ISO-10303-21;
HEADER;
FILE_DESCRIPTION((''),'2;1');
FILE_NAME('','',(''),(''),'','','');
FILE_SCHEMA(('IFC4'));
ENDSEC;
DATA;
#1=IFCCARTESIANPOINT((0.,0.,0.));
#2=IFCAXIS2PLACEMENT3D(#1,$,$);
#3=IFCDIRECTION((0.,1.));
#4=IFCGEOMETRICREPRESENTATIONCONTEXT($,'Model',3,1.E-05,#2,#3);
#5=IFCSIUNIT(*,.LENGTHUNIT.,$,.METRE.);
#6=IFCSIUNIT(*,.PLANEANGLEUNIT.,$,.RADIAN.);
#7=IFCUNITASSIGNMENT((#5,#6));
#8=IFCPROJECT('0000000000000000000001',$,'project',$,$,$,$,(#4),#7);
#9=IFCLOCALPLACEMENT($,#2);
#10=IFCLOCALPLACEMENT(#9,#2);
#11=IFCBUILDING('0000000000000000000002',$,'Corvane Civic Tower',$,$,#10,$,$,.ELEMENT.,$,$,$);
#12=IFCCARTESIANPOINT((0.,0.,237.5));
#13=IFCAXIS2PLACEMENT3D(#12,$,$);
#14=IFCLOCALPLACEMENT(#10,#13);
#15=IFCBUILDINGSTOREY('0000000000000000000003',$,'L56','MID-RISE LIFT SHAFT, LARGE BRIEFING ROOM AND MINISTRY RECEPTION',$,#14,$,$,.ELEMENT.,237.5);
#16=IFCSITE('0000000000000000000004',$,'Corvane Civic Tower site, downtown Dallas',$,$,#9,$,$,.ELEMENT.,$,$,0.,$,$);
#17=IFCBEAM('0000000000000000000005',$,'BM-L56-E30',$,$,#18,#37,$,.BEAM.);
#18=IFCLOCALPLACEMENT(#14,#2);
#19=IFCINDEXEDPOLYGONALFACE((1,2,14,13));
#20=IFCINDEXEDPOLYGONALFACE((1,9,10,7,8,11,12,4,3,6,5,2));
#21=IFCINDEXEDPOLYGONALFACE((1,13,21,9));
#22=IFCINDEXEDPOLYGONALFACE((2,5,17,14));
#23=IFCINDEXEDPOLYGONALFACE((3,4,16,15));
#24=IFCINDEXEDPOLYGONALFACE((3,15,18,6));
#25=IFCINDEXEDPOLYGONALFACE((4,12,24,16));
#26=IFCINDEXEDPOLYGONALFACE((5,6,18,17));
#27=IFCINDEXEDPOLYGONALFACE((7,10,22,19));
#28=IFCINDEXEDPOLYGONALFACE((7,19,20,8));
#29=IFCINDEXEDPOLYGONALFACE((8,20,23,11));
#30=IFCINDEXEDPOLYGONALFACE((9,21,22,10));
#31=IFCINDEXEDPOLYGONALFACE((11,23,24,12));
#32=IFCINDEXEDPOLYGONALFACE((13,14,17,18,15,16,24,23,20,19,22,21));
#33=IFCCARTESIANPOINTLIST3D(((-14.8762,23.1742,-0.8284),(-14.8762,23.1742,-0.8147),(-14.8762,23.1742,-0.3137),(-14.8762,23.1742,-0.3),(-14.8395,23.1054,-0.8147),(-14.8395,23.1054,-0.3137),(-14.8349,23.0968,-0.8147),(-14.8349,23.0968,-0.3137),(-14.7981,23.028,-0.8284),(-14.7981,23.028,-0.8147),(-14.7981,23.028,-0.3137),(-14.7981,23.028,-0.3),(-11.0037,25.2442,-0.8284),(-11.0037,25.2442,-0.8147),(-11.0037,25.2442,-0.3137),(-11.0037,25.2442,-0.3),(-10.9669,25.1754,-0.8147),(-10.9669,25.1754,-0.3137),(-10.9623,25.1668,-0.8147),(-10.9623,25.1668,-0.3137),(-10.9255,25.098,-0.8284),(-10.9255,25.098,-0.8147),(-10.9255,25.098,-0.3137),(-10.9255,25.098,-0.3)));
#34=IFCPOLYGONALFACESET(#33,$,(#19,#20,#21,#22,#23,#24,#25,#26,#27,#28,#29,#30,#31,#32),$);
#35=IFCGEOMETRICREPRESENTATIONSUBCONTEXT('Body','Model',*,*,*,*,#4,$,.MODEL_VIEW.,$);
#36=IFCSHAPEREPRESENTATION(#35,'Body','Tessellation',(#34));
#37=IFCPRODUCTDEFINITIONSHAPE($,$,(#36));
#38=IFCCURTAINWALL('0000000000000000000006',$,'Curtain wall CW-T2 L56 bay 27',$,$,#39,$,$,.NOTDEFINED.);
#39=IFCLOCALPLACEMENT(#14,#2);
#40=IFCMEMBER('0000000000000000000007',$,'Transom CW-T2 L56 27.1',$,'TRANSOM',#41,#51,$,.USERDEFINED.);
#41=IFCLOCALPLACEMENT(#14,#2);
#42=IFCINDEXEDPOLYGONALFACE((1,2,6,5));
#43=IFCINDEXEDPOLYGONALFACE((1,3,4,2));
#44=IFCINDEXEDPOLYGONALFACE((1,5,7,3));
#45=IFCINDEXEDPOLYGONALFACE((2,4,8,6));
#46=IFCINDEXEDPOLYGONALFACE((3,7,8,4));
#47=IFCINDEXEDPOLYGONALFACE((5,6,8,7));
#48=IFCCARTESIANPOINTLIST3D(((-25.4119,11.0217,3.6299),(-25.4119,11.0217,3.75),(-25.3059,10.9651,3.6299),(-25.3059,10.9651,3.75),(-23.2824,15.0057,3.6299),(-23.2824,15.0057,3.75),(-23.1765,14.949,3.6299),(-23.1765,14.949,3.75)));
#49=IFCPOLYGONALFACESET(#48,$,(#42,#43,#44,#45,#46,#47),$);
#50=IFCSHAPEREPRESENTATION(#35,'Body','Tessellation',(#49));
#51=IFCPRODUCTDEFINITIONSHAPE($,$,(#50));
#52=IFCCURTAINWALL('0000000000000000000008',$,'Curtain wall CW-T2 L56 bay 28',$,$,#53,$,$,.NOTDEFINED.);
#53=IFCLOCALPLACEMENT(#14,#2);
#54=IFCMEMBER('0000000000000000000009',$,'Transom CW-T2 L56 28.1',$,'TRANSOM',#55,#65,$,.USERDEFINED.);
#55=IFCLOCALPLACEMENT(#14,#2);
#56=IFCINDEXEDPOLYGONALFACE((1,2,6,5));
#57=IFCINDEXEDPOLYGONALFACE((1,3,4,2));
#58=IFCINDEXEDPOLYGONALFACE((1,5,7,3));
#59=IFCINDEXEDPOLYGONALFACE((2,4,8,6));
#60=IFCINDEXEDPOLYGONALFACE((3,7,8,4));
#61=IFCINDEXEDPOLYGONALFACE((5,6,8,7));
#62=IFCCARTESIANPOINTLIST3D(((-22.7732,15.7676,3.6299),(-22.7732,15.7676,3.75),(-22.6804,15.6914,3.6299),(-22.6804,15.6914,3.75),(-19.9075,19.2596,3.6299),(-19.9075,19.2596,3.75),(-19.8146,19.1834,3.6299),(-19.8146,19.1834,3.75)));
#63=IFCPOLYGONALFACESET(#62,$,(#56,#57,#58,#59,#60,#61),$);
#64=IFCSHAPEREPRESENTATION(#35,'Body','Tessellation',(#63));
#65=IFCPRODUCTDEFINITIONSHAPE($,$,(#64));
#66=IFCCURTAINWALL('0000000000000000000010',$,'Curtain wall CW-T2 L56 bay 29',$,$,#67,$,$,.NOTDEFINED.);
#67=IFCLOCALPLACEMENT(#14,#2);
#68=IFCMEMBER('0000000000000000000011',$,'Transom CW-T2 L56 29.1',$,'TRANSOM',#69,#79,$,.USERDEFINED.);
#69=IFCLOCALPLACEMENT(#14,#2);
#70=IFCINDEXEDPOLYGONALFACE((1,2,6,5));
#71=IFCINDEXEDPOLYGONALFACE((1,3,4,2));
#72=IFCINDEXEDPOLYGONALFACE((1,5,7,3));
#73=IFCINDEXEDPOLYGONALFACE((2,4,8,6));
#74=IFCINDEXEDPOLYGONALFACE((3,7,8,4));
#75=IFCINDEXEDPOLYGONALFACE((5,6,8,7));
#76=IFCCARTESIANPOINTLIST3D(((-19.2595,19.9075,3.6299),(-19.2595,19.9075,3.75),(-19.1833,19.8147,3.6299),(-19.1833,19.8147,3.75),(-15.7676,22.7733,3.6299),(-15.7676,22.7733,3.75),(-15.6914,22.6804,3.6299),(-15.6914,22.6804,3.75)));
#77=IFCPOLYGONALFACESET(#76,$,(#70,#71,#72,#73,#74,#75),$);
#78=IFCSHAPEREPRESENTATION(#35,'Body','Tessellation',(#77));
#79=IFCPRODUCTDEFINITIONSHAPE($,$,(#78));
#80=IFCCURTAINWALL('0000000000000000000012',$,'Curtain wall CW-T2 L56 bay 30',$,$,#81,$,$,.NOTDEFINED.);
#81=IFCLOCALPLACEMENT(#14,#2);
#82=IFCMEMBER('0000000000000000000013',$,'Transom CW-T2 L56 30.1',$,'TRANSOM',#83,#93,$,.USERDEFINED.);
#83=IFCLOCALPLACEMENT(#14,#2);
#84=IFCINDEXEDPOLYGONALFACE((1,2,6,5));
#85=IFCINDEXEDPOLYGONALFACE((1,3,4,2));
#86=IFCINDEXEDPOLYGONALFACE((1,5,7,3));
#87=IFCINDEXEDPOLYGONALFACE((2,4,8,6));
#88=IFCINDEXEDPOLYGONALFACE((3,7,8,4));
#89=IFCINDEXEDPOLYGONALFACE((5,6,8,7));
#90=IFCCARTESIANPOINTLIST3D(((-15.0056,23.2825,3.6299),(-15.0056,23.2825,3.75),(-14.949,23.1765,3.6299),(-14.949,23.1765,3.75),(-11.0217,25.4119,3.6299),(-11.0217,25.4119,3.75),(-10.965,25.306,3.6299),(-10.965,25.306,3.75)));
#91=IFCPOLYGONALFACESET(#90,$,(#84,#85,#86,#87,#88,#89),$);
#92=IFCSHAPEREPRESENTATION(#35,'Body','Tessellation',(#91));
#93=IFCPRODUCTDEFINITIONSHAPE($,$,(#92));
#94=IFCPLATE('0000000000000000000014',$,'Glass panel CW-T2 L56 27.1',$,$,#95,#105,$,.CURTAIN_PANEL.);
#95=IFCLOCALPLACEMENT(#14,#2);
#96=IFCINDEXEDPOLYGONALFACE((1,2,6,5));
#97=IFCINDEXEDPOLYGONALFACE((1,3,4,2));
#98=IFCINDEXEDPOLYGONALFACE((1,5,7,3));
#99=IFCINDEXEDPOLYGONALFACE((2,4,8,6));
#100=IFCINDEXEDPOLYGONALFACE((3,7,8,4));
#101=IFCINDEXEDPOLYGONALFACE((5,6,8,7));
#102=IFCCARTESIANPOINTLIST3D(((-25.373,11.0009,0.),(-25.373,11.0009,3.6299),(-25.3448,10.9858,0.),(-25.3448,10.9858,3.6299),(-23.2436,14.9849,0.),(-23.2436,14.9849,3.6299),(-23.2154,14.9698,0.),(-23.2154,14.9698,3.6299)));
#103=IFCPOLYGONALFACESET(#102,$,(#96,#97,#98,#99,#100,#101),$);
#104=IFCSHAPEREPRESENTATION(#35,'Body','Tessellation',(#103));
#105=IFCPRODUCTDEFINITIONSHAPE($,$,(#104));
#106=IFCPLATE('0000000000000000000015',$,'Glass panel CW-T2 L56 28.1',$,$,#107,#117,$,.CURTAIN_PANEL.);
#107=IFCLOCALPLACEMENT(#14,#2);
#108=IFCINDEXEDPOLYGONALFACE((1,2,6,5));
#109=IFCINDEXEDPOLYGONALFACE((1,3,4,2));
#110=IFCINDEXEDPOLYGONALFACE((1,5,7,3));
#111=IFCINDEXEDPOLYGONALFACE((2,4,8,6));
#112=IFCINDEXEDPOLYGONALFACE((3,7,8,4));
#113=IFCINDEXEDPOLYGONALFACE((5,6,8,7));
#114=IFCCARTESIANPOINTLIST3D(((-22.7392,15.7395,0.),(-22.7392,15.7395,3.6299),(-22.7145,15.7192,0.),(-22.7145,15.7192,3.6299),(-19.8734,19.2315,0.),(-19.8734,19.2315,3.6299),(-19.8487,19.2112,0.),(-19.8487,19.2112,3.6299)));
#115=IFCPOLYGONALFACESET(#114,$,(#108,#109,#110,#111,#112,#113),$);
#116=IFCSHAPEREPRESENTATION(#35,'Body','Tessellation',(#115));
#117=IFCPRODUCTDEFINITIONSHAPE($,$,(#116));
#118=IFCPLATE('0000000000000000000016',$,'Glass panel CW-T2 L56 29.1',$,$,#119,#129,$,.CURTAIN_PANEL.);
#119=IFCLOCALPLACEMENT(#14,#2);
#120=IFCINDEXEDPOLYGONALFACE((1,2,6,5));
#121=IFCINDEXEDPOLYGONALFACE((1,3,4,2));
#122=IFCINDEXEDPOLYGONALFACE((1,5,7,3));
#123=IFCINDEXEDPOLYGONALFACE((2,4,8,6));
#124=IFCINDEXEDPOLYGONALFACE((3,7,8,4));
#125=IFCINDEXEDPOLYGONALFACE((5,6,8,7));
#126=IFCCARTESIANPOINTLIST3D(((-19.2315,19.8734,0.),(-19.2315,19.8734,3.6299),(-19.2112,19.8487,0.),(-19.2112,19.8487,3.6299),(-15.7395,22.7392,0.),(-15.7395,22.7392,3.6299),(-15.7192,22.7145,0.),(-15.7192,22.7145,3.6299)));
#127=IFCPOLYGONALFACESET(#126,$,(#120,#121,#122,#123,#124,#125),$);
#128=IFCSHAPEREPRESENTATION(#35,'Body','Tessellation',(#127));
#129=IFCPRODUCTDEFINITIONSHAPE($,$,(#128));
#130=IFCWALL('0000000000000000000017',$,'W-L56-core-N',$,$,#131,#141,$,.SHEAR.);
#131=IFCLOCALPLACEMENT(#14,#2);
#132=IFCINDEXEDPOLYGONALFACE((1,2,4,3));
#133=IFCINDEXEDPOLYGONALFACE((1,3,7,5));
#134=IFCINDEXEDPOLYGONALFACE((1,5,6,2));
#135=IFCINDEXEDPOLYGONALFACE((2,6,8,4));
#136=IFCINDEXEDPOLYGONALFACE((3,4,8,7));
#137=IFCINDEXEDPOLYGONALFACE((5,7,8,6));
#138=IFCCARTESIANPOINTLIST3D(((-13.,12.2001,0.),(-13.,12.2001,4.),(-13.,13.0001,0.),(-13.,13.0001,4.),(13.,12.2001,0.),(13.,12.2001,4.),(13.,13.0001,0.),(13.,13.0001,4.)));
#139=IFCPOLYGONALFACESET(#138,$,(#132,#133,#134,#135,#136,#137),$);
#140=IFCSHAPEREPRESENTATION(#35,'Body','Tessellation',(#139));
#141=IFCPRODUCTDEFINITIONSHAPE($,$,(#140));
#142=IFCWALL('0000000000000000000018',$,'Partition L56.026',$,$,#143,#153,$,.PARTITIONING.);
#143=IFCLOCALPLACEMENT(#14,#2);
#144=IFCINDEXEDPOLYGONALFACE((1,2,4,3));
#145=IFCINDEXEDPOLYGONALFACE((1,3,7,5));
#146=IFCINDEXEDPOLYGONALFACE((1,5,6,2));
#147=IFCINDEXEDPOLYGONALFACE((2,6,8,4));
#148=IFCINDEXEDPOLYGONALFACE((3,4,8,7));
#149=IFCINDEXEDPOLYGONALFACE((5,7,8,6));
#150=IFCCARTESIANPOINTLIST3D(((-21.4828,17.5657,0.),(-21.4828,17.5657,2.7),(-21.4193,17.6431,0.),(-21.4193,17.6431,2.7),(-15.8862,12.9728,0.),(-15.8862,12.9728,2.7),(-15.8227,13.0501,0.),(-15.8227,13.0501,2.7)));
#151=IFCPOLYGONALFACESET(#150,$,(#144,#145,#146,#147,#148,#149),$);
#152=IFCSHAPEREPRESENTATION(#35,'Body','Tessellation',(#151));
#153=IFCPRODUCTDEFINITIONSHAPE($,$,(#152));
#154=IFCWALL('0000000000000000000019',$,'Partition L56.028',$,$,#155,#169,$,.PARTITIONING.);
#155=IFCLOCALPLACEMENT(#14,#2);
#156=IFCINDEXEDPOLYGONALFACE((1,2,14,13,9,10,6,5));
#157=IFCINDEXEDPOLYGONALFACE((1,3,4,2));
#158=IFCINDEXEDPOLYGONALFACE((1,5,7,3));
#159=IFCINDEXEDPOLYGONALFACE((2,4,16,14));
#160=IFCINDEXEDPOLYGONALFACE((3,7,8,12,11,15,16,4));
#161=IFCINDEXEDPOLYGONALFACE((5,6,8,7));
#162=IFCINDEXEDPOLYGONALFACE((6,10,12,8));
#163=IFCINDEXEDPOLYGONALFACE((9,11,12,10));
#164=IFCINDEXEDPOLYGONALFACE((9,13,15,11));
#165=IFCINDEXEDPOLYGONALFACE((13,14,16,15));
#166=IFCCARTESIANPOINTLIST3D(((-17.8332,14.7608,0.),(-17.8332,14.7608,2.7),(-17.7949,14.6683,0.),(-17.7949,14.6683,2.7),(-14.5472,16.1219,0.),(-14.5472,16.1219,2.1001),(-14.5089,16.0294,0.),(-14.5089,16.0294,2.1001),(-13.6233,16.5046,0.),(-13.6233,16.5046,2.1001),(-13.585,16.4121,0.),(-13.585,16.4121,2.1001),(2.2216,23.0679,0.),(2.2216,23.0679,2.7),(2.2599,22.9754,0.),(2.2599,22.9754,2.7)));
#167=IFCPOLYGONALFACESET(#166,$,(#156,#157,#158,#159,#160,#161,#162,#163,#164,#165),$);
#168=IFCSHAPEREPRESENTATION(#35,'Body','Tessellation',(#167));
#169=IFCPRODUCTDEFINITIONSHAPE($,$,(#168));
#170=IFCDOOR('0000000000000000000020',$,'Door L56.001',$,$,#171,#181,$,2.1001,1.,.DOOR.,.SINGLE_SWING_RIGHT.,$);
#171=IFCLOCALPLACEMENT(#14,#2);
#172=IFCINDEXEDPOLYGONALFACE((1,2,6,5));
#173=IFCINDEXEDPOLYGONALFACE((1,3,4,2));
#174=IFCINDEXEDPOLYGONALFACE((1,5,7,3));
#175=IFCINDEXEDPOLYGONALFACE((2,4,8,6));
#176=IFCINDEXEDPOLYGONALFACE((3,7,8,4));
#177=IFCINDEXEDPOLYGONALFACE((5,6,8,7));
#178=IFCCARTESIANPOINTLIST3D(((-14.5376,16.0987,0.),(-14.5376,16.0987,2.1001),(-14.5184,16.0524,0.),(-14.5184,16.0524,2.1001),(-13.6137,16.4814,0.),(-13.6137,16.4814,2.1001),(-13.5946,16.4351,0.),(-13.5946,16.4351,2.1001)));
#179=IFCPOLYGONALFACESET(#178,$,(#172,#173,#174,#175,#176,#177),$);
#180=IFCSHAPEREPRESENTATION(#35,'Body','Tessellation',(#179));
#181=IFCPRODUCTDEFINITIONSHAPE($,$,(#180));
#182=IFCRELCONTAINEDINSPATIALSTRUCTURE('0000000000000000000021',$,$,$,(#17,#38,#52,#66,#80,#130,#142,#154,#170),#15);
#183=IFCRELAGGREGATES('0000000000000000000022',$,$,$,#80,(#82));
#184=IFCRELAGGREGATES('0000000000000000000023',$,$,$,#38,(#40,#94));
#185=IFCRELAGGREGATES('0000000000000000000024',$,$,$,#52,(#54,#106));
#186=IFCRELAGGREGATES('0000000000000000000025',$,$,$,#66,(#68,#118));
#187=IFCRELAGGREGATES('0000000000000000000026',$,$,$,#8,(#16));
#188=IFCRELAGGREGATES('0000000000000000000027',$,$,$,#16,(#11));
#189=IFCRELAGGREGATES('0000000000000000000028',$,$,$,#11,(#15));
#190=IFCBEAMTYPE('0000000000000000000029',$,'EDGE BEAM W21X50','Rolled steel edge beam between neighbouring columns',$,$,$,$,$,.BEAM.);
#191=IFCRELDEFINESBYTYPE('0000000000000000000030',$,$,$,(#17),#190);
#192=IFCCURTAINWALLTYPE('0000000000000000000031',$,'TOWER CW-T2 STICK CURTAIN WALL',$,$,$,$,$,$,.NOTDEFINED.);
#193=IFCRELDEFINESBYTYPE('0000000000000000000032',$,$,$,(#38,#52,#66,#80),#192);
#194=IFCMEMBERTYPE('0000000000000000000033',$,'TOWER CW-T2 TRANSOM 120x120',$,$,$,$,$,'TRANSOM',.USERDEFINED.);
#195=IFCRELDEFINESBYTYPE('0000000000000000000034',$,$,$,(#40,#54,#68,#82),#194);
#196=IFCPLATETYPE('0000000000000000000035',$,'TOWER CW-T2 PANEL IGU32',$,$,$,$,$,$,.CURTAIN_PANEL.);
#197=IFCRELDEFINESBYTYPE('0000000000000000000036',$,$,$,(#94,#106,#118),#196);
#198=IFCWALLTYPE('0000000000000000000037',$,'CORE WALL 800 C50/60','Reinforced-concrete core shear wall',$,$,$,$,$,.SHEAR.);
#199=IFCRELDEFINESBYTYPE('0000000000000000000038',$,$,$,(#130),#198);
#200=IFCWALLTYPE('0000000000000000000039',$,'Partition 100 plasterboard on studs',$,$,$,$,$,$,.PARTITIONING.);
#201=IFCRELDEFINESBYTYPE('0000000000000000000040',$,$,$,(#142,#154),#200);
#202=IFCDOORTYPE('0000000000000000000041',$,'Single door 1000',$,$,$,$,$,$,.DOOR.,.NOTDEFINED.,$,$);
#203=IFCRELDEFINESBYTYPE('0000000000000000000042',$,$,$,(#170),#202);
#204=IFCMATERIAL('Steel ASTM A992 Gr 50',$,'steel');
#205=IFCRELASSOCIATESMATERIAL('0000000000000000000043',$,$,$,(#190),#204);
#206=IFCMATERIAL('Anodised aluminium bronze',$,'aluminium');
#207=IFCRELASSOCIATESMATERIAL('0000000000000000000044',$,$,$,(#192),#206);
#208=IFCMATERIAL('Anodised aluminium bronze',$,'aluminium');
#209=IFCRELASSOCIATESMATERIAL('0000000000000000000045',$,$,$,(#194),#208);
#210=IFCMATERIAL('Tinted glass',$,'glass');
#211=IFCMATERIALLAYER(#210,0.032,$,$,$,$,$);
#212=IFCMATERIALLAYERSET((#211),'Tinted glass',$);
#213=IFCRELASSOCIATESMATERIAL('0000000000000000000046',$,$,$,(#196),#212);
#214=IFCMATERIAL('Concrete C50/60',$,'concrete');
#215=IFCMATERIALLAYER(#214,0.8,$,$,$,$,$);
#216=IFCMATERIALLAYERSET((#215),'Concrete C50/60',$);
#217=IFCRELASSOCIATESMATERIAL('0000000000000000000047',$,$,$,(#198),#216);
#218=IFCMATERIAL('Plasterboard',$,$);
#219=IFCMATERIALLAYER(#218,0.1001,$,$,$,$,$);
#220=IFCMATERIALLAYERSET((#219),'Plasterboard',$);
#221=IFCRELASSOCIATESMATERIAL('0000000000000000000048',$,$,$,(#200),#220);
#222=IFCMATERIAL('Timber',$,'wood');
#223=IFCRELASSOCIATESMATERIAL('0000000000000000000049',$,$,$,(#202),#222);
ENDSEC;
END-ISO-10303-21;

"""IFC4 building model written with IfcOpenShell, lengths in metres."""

from ifc_helpers import new_model, si_unit, direction, frame, frame_2d, origin, origin_2d, place, context, subcontext, project, spatial, rectangle, i_section, extrude, material, layer, layer_set, material_profile, profile_set, type_object, element, fill, aggregate, save


model = new_model("IFC4")

# Units and contexts
model_context = context("Model", 3, precision=1e-05, world=origin(), true_north=direction((0.0, 1.0)))
body_context = subcontext(model_context, "Body", "Model", "MODEL_VIEW")
ifc_project = project(units=[si_unit("LENGTHUNIT", "METRE"), si_unit("PLANEANGLEUNIT", "RADIAN")], contexts=[model_context])

# Site, building, storey
site_placement = place(None, origin())
site = spatial("IfcSite", under=ifc_project, at=site_placement, Name="Corvane Civic Tower site, downtown Dallas", CompositionType="ELEMENT", RefElevation=0.0)
building_placement = place(site_placement, origin())
building = spatial("IfcBuilding", under=site, at=building_placement, Name="Corvane Civic Tower", CompositionType="ELEMENT")
storey_placement = place(building_placement, frame((0.0, 0.0, 237.5)))
storey = spatial("IfcBuildingStorey", under=building, at=storey_placement, Name="L56", Description="MID-RISE LIFT SHAFT, LARGE BRIEFING ROOM AND MINISTRY RECEPTION", CompositionType="ELEMENT", Elevation=237.5)

# Beam
ifc_material_1 = material(Name="Steel ASTM A992 Gr 50", Category="steel")
ifc_material_profile_1 = material_profile(ifc_material_1, i_section(OverallWidth=0.1658, OverallDepth=0.5283, WebThickness=0.0098, FlangeThickness=0.0137, at=origin_2d()), Name="W21X50")
ifc_profile_set_1 = profile_set([ifc_material_profile_1], Name="Steel ASTM A992 Gr 50")
beam_type = type_object("IfcBeamType", Name="EDGE BEAM W21X50", Description="Rolled steel edge beam between neighbouring columns", PredefinedType="BEAM", material=ifc_profile_set_1)
for number, where, z_axis, x_axis, name in (
    (1, (-14.8372, 23.1011, -0.5642), (0.881908, 0.471422, 0.0), (-0.471422, 0.881908, 0.0), "BM-L56-E30"),
):
    element("IfcBeam", number, at=place(storey_placement, frame(where, z_axis=z_axis, x_axis=x_axis)), inside=storey, type_object=beam_type, Name=name, PredefinedType="BEAM", context=body_context, shape_type="SweptSolid", body=[
        extrude(i_section(OverallWidth=0.1658, OverallDepth=0.5283, WebThickness=0.0098, FlangeThickness=0.0137, at=origin_2d()), origin(), (0.0, 0.0, 1.0), 4.3911),
    ])

# Curtain walls, members
ifc_material_2 = material(Name="Anodised aluminium bronze", Category="aluminium")
curtain_wall_type = type_object("IfcCurtainWallType", Name="TOWER CW-T2 STICK CURTAIN WALL", PredefinedType="NOTDEFINED", material=ifc_material_2)
curtain_wall_1_placement = place(storey_placement, origin())
curtain_wall_1 = element("IfcCurtainWall", 2, at=curtain_wall_1_placement, inside=storey, type_object=curtain_wall_type, Name="Curtain wall CW-T2 L56 bay 27", PredefinedType="NOTDEFINED")
ifc_material_3 = material(Name="Anodised aluminium bronze", Category="aluminium")
ifc_material_profile_2 = material_profile(ifc_material_3, rectangle(XDim=0.1201, YDim=0.1201, at=origin_2d()), Name="TOWER CW-T2 TRANSOM 120x120")
ifc_profile_set_2 = profile_set([ifc_material_profile_2], Name="Anodised aluminium bronze")
member_type = type_object("IfcMemberType", Name="TOWER CW-T2 TRANSOM 120x120", ElementType="TRANSOM", PredefinedType="USERDEFINED", material=ifc_profile_set_2)
member_1_placement = place(storey_placement, frame((-25.3589, 10.9934, 3.6899), z_axis=(0.47139, 0.881925, 0.0), x_axis=(-0.881925, 0.47139, 0.0)))
member_1 = element("IfcMember", 3, at=member_1_placement, type_object=member_type, Name="Transom CW-T2 L56 27.1", ObjectType="TRANSOM", PredefinedType="USERDEFINED", context=body_context, shape_type="SweptSolid", body=[
    extrude(rectangle(XDim=0.1201, YDim=0.1201, at=origin_2d()), origin(), (0.0, 0.0, 1.0), 4.5173),
])
curtain_wall_2_placement = place(storey_placement, origin())
curtain_wall_2 = element("IfcCurtainWall", 4, at=curtain_wall_2_placement, inside=storey, type_object=curtain_wall_type, Name="Curtain wall CW-T2 L56 bay 28", PredefinedType="NOTDEFINED")
member_2_placement = place(storey_placement, frame((-22.7268, 15.7295, 3.6899), z_axis=(0.634388, 0.773015, 0.0), x_axis=(-0.773015, 0.634388, 0.0)))
member_2 = element("IfcMember", 5, at=member_2_placement, type_object=member_type, Name="Transom CW-T2 L56 28.1", ObjectType="TRANSOM", PredefinedType="USERDEFINED", context=body_context, shape_type="SweptSolid", body=[
    extrude(rectangle(XDim=0.1201, YDim=0.1201, at=origin_2d()), origin(), (0.0, 0.0, 1.0), 4.5173),
])
curtain_wall_3_placement = place(storey_placement, origin())
curtain_wall_3 = element("IfcCurtainWall", 6, at=curtain_wall_3_placement, inside=storey, type_object=curtain_wall_type, Name="Curtain wall CW-T2 L56 bay 29", PredefinedType="NOTDEFINED")
member_3_placement = place(storey_placement, frame((-19.2214, 19.8611, 3.6899), z_axis=(0.773015, 0.634388, 0.0), x_axis=(-0.634388, 0.773015, 0.0)))
member_3 = element("IfcMember", 7, at=member_3_placement, type_object=member_type, Name="Transom CW-T2 L56 29.1", ObjectType="TRANSOM", PredefinedType="USERDEFINED", context=body_context, shape_type="SweptSolid", body=[
    extrude(rectangle(XDim=0.1201, YDim=0.1201, at=origin_2d()), origin(), (0.0, 0.0, 1.0), 4.5173),
])
curtain_wall_4_placement = place(storey_placement, origin())
curtain_wall_4 = element("IfcCurtainWall", 8, at=curtain_wall_4_placement, inside=storey, type_object=curtain_wall_type, Name="Curtain wall CW-T2 L56 bay 30", PredefinedType="NOTDEFINED")
member_4_placement = place(storey_placement, frame((-14.9773, 23.2295, 3.6899), z_axis=(0.881925, 0.47139, 0.0), x_axis=(-0.47139, 0.881925, 0.0)))
member_4 = element("IfcMember", 9, at=member_4_placement, type_object=member_type, Name="Transom CW-T2 L56 30.1", ObjectType="TRANSOM", PredefinedType="USERDEFINED", context=body_context, shape_type="SweptSolid", body=[
    extrude(rectangle(XDim=0.1201, YDim=0.1201, at=origin_2d()), origin(), (0.0, 0.0, 1.0), 4.5173),
])
aggregate(curtain_wall_4, [member_4])

# Plates
ifc_material_4 = material(Name="Tinted glass", Category="glass")
ifc_layer_1 = layer(ifc_material_4, 0.032)
ifc_layer_set_1 = layer_set([ifc_layer_1], Name="Tinted glass")
plate_type = type_object("IfcPlateType", Name="TOWER CW-T2 PANEL IGU32", PredefinedType="CURTAIN_PANEL", material=ifc_layer_set_1)
plate_1_placement = place(storey_placement, frame((-24.2942, 12.9854, 0.0), z_axis=(0.0, 0.0, 1.0), x_axis=(0.471398, 0.88192, 0.0)))
plate_1 = element("IfcPlate", 10, at=plate_1_placement, type_object=plate_type, Name="Glass panel CW-T2 L56 27.1", PredefinedType="CURTAIN_PANEL", context=body_context, shape_type="SweptSolid", body=[
    extrude(rectangle(XDim=4.5173, YDim=0.032, at=origin_2d()), origin(), (0.0, 0.0, 1.0), 3.6299),
])
aggregate(curtain_wall_1, [member_1, plate_1])
plate_2_placement = place(storey_placement, frame((-21.2939, 17.4753, 0.0), z_axis=(0.0, 0.0, 1.0), x_axis=(0.634391, 0.773012, 0.0)))
plate_2 = element("IfcPlate", 11, at=plate_2_placement, type_object=plate_type, Name="Glass panel CW-T2 L56 28.1", PredefinedType="CURTAIN_PANEL", context=body_context, shape_type="SweptSolid", body=[
    extrude(rectangle(XDim=4.5173, YDim=0.032, at=origin_2d()), origin(), (0.0, 0.0, 1.0), 3.6299),
])
aggregate(curtain_wall_2, [member_2, plate_2])
plate_3_placement = place(storey_placement, frame((-17.4753, 21.2939, 0.0), z_axis=(0.0, 0.0, 1.0), x_axis=(0.773012, 0.634391, 0.0)))
plate_3 = element("IfcPlate", 12, at=plate_3_placement, type_object=plate_type, Name="Glass panel CW-T2 L56 29.1", PredefinedType="CURTAIN_PANEL", context=body_context, shape_type="SweptSolid", body=[
    extrude(rectangle(XDim=4.5173, YDim=0.032, at=origin_2d()), origin(), (0.0, 0.0, 1.0), 3.6299),
])
aggregate(curtain_wall_3, [member_3, plate_3])

# Walls
ifc_material_5 = material(Name="Concrete C50/60", Category="concrete")
ifc_layer_2 = layer(ifc_material_5, 0.8)
ifc_layer_set_2 = layer_set([ifc_layer_2], Name="Concrete C50/60")
wall_type_1 = type_object("IfcWallType", Name="CORE WALL 800 C50/60", Description="Reinforced-concrete core shear wall", PredefinedType="SHEAR", material=ifc_layer_set_2)
wall_1_placement = place(storey_placement, frame((-13.0, 12.6001, 0.0), z_axis=(0.0, 0.0, 1.0), x_axis=(1.0, 0.0, 0.0)))
element("IfcWall", 13, at=wall_1_placement, inside=storey, type_object=wall_type_1, Name="W-L56-core-N", PredefinedType="SHEAR", context=body_context, shape_type="SweptSolid", body=[
    extrude(rectangle(XDim=26.0, YDim=0.8, at=frame_2d((13.0, 0.0))), origin(), (0.0, 0.0, 1.0), 4.0),
])
ifc_material_6 = material(Name="Plasterboard")
ifc_layer_3 = layer(ifc_material_6, 0.1001)
ifc_layer_set_3 = layer_set([ifc_layer_3], Name="Plasterboard")
wall_type_2 = type_object("IfcWallType", Name="Partition 100 plasterboard on studs", PredefinedType="PARTITIONING", material=ifc_layer_set_3)
wall_2_placement = place(storey_placement, frame((-21.4512, 17.6045, 0.0), z_axis=(0.0, 0.0, 1.0), x_axis=(0.773014, -0.634388, 0.0)))
element("IfcWall", 14, at=wall_2_placement, inside=storey, type_object=wall_type_2, Name="Partition L56.026", PredefinedType="PARTITIONING", context=body_context, shape_type="SweptSolid", body=[
    extrude(rectangle(XDim=7.24, YDim=0.1001, at=frame_2d((3.6201, 0.0))), origin(), (0.0, 0.0, 1.0), 2.7),
])

# Wall, opening, door
wall_3_placement = place(storey_placement, frame((-17.814, 14.7146, 0.0), z_axis=(0.0, 0.0, 1.0), x_axis=(0.923878, 0.382688, 0.0)))
wall_3 = element("IfcWall", 15, at=wall_3_placement, inside=storey, type_object=wall_type_2, Name="Partition L56.028", PredefinedType="PARTITIONING", context=body_context, shape_type="SweptSolid", body=[
    extrude(rectangle(XDim=21.7073, YDim=0.1001, at=frame_2d((10.8535, 0.0))), origin(), (0.0, 0.0, 1.0), 2.7),
])
opening_1_placement = place(wall_3_placement, frame((3.5566, 0.0, 0.0)))
opening_1 = element("IfcOpeningElement", 16, at=opening_1_placement, cuts=wall_3, PredefinedType="OPENING", context=body_context, shape_type="SweptSolid", body=[
    extrude(rectangle(XDim=1.0, YDim=2.1001, at=frame_2d((0.5, 1.05))), frame((0.0, 0.0601, 0.0), z_axis=(0.0, -1.0, 0.0), x_axis=(1.0, 0.0, 0.0)), (0.0, 0.0, 1.0), 0.1201),
])
ifc_material_7 = material(Name="Timber", Category="wood")
door_type_1 = type_object("IfcDoorType", Name="Single door 1000", OperationType="NOTDEFINED", PredefinedType="DOOR", material=ifc_material_7)
door_1_placement = place(opening_1_placement, origin())
door_1 = element("IfcDoor", 17, at=door_1_placement, inside=storey, type_object=door_type_1, Name="Door L56.001", OperationType="SINGLE_SWING_RIGHT", OverallHeight=2.1001, OverallWidth=1.0, PredefinedType="DOOR", context=body_context, shape_type="SweptSolid", body=[
    extrude(rectangle(XDim=1.0, YDim=2.1001, at=frame_2d((0.5, 1.05))), frame((0.0, 0.0249, 0.0), z_axis=(0.0, -1.0, 0.0), x_axis=(1.0, 0.0, 0.0)), (0.0, 0.0, 1.0), 0.05),
])
fill(opening_1, door_1)

save(model, "model.ifc")
